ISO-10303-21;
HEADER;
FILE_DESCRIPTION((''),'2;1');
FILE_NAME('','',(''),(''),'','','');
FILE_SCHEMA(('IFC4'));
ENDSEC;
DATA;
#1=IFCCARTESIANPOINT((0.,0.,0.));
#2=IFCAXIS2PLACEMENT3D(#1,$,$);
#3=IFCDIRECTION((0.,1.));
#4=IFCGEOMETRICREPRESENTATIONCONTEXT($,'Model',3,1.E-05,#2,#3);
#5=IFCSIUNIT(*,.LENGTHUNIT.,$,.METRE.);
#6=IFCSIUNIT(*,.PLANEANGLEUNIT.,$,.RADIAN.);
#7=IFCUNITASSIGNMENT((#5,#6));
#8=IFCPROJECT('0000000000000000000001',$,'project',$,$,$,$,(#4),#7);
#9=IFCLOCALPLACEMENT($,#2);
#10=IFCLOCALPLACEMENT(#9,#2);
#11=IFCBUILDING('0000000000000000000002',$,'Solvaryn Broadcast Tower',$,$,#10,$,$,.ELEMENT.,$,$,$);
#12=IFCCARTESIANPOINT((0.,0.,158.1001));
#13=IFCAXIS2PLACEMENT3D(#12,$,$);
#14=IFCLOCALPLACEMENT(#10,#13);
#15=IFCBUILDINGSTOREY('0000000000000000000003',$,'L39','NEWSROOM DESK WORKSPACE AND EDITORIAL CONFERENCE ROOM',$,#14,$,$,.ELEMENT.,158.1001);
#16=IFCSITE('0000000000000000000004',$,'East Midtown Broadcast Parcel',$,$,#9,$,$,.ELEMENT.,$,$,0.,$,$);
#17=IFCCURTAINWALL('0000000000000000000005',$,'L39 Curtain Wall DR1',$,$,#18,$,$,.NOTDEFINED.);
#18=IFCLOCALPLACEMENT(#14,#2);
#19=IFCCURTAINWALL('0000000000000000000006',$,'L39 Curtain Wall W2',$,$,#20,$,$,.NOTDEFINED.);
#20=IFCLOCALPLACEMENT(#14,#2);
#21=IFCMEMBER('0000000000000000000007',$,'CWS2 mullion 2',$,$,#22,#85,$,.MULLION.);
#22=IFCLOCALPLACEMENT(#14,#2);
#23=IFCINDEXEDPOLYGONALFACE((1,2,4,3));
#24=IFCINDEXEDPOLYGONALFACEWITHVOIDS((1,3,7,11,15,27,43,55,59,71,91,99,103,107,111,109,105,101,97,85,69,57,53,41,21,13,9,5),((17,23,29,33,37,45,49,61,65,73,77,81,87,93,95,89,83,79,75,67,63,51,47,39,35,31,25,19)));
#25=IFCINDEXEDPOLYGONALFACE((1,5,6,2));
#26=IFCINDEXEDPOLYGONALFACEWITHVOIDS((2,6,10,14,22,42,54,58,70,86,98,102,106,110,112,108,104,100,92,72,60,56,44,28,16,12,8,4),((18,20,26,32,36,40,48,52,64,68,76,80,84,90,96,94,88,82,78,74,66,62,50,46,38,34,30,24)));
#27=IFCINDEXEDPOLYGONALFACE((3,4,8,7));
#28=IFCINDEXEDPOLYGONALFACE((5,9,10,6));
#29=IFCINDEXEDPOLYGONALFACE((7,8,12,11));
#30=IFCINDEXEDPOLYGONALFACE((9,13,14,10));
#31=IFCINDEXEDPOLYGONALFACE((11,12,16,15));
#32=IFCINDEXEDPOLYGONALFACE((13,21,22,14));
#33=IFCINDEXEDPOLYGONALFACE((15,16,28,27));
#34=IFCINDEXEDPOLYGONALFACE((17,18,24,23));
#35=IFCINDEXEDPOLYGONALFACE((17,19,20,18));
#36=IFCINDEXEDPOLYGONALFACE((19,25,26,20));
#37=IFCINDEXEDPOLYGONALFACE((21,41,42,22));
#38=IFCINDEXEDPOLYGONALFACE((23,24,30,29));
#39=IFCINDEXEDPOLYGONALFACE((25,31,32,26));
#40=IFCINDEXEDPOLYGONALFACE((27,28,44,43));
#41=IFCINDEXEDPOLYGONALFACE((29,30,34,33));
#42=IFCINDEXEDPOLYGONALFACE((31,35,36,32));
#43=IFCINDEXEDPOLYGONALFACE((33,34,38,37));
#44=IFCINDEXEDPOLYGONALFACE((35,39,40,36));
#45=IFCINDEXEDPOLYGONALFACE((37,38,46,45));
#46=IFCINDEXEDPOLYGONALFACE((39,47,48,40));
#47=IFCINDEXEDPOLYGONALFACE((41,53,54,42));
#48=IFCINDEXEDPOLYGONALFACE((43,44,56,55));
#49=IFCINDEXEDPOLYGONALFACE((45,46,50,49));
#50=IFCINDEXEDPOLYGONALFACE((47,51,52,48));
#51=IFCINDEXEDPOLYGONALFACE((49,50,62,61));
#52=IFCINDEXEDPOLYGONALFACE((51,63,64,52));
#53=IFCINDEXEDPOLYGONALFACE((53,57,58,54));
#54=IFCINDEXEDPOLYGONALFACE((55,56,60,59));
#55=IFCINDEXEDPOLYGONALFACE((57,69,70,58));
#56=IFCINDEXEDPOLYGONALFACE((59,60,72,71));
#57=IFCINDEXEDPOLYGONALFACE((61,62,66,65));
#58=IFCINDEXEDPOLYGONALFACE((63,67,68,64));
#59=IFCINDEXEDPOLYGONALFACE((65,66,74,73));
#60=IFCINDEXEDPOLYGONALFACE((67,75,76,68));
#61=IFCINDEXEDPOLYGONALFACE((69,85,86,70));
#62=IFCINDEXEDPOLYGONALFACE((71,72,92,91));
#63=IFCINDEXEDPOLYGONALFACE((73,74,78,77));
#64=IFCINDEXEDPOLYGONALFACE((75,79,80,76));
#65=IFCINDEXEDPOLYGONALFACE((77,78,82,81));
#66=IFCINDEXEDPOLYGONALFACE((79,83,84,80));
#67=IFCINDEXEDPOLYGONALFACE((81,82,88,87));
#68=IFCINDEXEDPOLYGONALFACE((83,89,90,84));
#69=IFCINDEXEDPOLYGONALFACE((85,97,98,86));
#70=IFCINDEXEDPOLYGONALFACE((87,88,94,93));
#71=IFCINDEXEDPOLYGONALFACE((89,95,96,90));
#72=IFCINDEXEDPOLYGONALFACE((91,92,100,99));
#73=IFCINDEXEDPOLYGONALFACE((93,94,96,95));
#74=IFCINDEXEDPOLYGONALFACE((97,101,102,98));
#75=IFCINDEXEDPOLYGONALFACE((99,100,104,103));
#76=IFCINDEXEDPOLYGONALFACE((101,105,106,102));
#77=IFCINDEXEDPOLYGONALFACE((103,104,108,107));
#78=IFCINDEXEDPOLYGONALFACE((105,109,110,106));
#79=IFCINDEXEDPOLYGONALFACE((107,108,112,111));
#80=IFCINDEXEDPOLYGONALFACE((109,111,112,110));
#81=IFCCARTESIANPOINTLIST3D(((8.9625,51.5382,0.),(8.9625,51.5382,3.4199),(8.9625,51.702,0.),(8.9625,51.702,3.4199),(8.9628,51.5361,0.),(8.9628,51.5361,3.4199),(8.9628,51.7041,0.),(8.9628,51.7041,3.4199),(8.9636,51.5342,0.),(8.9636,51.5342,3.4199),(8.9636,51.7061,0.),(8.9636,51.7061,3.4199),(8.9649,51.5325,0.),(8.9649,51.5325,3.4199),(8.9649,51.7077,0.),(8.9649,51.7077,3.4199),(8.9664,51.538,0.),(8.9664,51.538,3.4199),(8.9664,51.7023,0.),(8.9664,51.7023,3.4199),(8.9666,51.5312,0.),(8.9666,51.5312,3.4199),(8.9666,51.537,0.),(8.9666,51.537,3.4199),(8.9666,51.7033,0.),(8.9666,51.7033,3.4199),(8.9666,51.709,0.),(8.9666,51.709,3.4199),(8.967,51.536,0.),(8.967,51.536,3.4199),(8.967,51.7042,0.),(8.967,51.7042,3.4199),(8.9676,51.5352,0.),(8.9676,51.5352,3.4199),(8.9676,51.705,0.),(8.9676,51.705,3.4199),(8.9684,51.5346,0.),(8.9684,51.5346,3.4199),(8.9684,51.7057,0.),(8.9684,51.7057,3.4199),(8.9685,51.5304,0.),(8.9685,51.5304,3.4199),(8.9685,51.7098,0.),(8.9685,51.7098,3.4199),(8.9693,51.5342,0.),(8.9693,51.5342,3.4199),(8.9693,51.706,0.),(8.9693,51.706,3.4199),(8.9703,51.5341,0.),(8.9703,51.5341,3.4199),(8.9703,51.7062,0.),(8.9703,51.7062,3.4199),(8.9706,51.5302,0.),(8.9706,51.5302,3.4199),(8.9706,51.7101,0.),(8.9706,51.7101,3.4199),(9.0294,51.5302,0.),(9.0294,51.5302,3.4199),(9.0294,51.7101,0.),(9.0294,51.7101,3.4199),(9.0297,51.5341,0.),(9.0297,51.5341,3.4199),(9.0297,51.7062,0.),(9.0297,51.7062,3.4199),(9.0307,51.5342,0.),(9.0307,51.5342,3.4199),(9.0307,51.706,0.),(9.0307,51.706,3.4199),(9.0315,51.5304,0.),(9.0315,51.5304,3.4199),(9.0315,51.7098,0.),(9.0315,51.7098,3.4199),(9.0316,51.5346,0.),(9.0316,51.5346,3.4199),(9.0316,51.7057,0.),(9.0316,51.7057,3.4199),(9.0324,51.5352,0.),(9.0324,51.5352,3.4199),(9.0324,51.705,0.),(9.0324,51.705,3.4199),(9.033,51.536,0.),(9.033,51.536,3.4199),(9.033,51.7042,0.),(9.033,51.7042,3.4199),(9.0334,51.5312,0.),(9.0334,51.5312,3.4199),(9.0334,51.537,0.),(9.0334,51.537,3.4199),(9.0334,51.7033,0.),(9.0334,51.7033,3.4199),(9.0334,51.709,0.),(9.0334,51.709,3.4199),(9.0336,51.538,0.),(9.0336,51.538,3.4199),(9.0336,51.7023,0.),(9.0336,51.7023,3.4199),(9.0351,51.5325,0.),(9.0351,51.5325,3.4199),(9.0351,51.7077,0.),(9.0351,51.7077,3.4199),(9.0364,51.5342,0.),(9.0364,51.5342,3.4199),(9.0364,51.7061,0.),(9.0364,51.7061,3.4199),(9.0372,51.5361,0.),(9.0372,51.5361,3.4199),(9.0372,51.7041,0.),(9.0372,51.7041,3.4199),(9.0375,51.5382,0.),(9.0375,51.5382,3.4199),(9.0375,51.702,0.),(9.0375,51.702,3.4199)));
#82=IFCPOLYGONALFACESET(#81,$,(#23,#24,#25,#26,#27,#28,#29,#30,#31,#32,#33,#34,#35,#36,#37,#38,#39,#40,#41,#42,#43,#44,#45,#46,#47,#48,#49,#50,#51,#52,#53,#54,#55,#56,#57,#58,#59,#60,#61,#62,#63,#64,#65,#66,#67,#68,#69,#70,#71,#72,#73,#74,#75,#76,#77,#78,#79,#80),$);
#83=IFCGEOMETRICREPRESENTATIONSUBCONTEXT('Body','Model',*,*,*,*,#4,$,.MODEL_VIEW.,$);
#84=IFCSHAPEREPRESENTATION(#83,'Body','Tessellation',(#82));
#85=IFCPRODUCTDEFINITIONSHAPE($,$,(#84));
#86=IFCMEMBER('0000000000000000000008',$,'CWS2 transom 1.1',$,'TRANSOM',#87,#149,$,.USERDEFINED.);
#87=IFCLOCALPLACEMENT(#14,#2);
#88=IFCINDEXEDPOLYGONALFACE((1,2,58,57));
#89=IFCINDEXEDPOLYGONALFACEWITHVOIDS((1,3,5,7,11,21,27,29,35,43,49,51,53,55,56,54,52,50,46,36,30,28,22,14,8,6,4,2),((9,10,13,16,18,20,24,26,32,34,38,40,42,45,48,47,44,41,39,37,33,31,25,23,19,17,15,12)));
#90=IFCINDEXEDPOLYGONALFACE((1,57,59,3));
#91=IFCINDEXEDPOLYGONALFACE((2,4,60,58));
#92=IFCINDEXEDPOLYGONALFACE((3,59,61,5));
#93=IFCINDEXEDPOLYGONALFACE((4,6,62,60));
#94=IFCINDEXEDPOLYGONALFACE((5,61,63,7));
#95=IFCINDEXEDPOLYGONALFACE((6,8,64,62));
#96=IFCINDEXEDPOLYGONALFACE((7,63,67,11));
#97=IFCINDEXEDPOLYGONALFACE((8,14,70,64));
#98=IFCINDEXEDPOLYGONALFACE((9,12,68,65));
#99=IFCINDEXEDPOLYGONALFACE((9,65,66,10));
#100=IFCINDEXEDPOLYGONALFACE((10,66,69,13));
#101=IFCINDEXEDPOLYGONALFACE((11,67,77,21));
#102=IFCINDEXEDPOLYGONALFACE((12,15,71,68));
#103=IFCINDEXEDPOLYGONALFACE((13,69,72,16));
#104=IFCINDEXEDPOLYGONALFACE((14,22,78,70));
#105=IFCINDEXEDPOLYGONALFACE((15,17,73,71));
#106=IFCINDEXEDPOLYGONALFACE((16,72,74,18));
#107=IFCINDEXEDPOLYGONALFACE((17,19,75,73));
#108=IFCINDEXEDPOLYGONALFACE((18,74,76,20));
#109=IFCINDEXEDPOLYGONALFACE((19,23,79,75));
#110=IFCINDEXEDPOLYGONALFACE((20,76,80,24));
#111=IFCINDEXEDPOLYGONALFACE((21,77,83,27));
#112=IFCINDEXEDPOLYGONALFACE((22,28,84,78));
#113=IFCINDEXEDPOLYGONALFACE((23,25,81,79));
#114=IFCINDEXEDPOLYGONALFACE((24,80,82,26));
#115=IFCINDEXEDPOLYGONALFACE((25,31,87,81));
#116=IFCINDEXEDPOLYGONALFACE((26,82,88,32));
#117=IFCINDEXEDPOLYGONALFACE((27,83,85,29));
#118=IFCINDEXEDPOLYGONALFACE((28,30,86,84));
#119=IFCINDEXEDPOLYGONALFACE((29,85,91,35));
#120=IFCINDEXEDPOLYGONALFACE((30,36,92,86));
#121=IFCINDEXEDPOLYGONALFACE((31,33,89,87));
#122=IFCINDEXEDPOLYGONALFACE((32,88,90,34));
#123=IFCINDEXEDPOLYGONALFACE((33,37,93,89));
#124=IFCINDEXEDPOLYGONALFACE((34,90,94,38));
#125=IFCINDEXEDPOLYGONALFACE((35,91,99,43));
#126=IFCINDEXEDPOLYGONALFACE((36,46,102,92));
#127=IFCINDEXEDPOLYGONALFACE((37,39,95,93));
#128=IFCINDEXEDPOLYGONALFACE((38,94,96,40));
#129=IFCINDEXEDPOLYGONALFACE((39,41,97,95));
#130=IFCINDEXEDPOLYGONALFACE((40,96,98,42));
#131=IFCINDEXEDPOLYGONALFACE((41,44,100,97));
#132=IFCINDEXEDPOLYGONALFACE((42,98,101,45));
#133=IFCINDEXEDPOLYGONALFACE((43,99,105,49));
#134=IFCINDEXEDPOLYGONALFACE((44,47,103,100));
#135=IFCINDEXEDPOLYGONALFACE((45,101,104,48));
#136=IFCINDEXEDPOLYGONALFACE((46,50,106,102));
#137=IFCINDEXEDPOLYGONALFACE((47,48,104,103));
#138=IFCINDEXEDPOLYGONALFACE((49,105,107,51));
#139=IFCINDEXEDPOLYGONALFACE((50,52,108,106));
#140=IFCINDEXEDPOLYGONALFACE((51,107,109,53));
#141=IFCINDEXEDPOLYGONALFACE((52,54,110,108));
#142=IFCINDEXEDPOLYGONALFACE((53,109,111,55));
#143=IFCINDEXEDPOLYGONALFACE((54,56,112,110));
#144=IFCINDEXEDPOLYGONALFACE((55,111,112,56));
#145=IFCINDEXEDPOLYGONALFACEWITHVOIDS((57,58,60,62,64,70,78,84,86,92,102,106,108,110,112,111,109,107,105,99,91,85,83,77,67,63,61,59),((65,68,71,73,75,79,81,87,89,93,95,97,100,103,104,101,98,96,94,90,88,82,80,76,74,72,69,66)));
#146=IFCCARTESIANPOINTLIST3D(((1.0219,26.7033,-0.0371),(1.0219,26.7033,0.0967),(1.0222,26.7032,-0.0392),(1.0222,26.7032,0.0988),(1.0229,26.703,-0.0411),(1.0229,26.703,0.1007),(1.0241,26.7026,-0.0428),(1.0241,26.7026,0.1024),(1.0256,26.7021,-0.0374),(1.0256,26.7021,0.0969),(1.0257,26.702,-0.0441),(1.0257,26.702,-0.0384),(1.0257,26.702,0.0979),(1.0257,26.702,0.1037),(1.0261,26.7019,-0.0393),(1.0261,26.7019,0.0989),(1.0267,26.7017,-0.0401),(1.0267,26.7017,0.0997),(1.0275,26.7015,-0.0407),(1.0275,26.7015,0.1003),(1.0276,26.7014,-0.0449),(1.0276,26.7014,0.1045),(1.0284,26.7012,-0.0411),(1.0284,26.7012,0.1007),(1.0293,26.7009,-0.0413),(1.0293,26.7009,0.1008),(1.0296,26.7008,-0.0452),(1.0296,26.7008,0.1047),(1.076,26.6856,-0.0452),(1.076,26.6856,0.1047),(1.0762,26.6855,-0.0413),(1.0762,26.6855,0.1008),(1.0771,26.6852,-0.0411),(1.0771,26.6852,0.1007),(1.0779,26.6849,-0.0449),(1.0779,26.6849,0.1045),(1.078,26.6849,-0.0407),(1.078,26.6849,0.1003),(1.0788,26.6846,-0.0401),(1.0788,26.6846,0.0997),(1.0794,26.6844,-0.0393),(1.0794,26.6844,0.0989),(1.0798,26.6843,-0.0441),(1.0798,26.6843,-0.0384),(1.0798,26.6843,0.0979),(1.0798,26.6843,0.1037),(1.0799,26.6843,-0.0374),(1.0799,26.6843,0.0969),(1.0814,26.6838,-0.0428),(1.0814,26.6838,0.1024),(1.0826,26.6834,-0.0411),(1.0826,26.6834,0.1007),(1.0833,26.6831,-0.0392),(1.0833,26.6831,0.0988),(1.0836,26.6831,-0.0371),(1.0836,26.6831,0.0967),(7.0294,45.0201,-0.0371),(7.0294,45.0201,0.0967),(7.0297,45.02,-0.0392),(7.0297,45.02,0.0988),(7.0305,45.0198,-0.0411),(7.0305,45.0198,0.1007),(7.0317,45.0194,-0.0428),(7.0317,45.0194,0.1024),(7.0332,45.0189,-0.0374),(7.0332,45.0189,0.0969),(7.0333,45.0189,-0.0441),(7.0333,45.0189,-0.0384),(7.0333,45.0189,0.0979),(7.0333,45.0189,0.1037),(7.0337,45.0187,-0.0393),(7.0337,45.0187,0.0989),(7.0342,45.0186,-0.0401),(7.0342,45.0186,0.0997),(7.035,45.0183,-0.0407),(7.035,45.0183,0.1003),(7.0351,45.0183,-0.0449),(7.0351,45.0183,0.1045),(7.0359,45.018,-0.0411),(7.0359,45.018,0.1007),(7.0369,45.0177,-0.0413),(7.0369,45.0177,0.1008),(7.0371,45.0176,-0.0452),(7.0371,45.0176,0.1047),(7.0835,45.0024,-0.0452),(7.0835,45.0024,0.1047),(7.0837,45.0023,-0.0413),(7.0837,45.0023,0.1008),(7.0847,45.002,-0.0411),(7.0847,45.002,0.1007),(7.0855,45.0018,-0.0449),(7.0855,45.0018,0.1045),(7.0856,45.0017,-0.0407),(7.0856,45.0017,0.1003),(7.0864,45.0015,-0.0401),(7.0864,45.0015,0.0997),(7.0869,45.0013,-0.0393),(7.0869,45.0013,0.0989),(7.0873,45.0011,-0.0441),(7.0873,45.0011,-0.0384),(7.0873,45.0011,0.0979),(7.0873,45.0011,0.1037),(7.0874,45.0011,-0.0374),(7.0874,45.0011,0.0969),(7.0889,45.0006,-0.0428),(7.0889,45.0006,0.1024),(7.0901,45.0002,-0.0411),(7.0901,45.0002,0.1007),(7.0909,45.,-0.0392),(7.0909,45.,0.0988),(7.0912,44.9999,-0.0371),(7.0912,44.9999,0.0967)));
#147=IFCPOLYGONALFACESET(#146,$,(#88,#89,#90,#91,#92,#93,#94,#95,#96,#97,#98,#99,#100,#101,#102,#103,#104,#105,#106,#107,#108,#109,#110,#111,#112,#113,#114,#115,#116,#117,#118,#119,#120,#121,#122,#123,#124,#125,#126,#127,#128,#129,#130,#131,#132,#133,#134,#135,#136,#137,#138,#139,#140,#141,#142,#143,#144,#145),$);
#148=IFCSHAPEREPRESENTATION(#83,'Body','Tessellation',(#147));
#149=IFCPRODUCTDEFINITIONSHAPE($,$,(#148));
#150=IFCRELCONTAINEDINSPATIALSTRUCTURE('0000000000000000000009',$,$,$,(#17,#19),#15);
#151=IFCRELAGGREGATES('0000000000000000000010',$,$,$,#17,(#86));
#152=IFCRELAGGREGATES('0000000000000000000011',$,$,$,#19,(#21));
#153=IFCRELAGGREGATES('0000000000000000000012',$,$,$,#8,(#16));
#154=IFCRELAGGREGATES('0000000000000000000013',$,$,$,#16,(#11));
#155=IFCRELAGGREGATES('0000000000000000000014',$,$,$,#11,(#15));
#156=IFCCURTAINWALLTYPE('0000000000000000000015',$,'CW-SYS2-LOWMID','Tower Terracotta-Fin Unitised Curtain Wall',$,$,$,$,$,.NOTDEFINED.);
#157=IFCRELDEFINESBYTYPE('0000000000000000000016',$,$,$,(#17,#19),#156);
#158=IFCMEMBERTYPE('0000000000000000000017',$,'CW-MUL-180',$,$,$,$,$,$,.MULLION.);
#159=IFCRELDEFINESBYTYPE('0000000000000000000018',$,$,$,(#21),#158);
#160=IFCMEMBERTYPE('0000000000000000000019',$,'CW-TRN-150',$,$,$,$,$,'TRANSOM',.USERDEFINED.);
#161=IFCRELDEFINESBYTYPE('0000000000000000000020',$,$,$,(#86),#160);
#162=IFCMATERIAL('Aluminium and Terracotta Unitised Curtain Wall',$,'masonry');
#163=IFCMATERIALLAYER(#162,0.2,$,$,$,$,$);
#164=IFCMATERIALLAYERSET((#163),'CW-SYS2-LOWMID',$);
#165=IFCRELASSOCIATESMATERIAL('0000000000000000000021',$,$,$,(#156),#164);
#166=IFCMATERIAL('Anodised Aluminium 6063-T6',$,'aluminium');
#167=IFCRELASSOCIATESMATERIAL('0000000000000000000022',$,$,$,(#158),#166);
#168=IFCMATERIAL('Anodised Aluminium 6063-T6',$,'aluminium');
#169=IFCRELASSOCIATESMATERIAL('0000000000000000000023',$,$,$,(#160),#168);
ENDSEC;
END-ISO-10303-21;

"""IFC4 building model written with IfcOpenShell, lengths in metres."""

from ifc_helpers import new_model, si_unit, direction, frame, origin, origin_2d, place, context, subcontext, project, spatial, hollow_rectangle, extrude, material, layer, layer_set, material_profile, profile_set, type_object, element, aggregate, save


model = new_model("IFC4")

# Units and contexts
model_context = context("Model", 3, precision=1e-05, world=origin(), true_north=direction((0.0, 1.0)))
body_context = subcontext(model_context, "Body", "Model", "MODEL_VIEW")
ifc_project = project(units=[si_unit("LENGTHUNIT", "METRE"), si_unit("PLANEANGLEUNIT", "RADIAN")], contexts=[model_context])

# Site, building, storey
site_placement = place(None, origin())
site = spatial("IfcSite", under=ifc_project, at=site_placement, Name="East Midtown Broadcast Parcel", CompositionType="ELEMENT", RefElevation=0.0)
building_placement = place(site_placement, origin())
building = spatial("IfcBuilding", under=site, at=building_placement, Name="Solvaryn Broadcast Tower", CompositionType="ELEMENT")
storey_placement = place(building_placement, frame((0.0, 0.0, 158.1001)))
storey = spatial("IfcBuildingStorey", under=building, at=storey_placement, Name="L39", Description="NEWSROOM DESK WORKSPACE AND EDITORIAL CONFERENCE ROOM", CompositionType="ELEMENT", Elevation=158.1001)

# Curtain wall
ifc_material_1 = material(Name="Aluminium and Terracotta Unitised Curtain Wall", Category="masonry")
ifc_layer_1 = layer(ifc_material_1, 0.2)
ifc_layer_set_1 = layer_set([ifc_layer_1], Name="CW-SYS2-LOWMID")
curtain_wall_type = type_object("IfcCurtainWallType", Name="CW-SYS2-LOWMID", Description="Tower Terracotta-Fin Unitised Curtain Wall", PredefinedType="NOTDEFINED", material=ifc_layer_set_1)
curtain_wall_1_placement = place(storey_placement, origin())
curtain_wall_1 = element("IfcCurtainWall", 1, at=curtain_wall_1_placement, inside=storey, type_object=curtain_wall_type, Name="L39 Curtain Wall DR1", PredefinedType="NOTDEFINED")
ifc_material_2 = material(Name="Anodised Aluminium 6063-T6", Category="aluminium")
ifc_material_profile_1 = material_profile(ifc_material_2, hollow_rectangle(XDim=0.075, YDim=0.1799, WallThickness=0.0039, InnerFilletRadius=0.0039, OuterFilletRadius=0.0081, at=origin_2d()))
ifc_profile_set_1 = profile_set([ifc_material_profile_1], Name="Anodised Aluminium 6063-T6")
member_type_1 = type_object("IfcMemberType", Name="CW-MUL-180", PredefinedType="MULLION", material=ifc_profile_set_1)

# Curtain wall, member
curtain_wall_2_placement = place(storey_placement, origin())
curtain_wall_2 = element("IfcCurtainWall", 2, at=curtain_wall_2_placement, inside=storey, type_object=curtain_wall_type, Name="L39 Curtain Wall W2", PredefinedType="NOTDEFINED")
member_1_placement = place(storey_placement, frame((9.0, 51.6201, 0.0), z_axis=(0.0, 0.0, 1.0), x_axis=(-1.0, 0.0, 0.0)))
member_1 = element("IfcMember", 3, at=member_1_placement, type_object=member_type_1, Name="CWS2 mullion 2", PredefinedType="MULLION", context=body_context, shape_type="SweptSolid", body=[
    extrude(hollow_rectangle(XDim=0.075, YDim=0.1799, WallThickness=0.0039, InnerFilletRadius=0.0039, OuterFilletRadius=0.0081, at=origin_2d()), origin(), (0.0, 0.0, 1.0), 3.4199),
])

# Member
ifc_material_3 = material(Name="Anodised Aluminium 6063-T6", Category="aluminium")
ifc_material_profile_2 = material_profile(ifc_material_3, hollow_rectangle(XDim=0.0649, YDim=0.1499, WallThickness=0.0039, InnerFilletRadius=0.0039, OuterFilletRadius=0.0081, at=origin_2d()))
ifc_profile_set_2 = profile_set([ifc_material_profile_2], Name="Anodised Aluminium 6063-T6")
member_type_2 = type_object("IfcMemberType", Name="CW-TRN-150", ElementType="TRANSOM", PredefinedType="USERDEFINED", material=ifc_profile_set_2)
member_2_placement = place(storey_placement, frame((7.0603, 45.01, 0.0298), z_axis=(-0.311646, -0.950198, 0.0), x_axis=(0.950198, -0.311646, 0.0)))
member_2 = element("IfcMember", 4, at=member_2_placement, type_object=member_type_2, Name="CWS2 transom 1.1", ObjectType="TRANSOM", PredefinedType="USERDEFINED", context=body_context, shape_type="SweptSolid", body=[
    extrude(hollow_rectangle(XDim=0.0649, YDim=0.1499, WallThickness=0.0039, InnerFilletRadius=0.0039, OuterFilletRadius=0.0081, at=origin_2d()), origin(), (0.0, 0.0, 1.0), 19.2769),
])
aggregate(curtain_wall_1, [member_2])

aggregate(curtain_wall_2, [member_1])

save(model, "model.ifc")
